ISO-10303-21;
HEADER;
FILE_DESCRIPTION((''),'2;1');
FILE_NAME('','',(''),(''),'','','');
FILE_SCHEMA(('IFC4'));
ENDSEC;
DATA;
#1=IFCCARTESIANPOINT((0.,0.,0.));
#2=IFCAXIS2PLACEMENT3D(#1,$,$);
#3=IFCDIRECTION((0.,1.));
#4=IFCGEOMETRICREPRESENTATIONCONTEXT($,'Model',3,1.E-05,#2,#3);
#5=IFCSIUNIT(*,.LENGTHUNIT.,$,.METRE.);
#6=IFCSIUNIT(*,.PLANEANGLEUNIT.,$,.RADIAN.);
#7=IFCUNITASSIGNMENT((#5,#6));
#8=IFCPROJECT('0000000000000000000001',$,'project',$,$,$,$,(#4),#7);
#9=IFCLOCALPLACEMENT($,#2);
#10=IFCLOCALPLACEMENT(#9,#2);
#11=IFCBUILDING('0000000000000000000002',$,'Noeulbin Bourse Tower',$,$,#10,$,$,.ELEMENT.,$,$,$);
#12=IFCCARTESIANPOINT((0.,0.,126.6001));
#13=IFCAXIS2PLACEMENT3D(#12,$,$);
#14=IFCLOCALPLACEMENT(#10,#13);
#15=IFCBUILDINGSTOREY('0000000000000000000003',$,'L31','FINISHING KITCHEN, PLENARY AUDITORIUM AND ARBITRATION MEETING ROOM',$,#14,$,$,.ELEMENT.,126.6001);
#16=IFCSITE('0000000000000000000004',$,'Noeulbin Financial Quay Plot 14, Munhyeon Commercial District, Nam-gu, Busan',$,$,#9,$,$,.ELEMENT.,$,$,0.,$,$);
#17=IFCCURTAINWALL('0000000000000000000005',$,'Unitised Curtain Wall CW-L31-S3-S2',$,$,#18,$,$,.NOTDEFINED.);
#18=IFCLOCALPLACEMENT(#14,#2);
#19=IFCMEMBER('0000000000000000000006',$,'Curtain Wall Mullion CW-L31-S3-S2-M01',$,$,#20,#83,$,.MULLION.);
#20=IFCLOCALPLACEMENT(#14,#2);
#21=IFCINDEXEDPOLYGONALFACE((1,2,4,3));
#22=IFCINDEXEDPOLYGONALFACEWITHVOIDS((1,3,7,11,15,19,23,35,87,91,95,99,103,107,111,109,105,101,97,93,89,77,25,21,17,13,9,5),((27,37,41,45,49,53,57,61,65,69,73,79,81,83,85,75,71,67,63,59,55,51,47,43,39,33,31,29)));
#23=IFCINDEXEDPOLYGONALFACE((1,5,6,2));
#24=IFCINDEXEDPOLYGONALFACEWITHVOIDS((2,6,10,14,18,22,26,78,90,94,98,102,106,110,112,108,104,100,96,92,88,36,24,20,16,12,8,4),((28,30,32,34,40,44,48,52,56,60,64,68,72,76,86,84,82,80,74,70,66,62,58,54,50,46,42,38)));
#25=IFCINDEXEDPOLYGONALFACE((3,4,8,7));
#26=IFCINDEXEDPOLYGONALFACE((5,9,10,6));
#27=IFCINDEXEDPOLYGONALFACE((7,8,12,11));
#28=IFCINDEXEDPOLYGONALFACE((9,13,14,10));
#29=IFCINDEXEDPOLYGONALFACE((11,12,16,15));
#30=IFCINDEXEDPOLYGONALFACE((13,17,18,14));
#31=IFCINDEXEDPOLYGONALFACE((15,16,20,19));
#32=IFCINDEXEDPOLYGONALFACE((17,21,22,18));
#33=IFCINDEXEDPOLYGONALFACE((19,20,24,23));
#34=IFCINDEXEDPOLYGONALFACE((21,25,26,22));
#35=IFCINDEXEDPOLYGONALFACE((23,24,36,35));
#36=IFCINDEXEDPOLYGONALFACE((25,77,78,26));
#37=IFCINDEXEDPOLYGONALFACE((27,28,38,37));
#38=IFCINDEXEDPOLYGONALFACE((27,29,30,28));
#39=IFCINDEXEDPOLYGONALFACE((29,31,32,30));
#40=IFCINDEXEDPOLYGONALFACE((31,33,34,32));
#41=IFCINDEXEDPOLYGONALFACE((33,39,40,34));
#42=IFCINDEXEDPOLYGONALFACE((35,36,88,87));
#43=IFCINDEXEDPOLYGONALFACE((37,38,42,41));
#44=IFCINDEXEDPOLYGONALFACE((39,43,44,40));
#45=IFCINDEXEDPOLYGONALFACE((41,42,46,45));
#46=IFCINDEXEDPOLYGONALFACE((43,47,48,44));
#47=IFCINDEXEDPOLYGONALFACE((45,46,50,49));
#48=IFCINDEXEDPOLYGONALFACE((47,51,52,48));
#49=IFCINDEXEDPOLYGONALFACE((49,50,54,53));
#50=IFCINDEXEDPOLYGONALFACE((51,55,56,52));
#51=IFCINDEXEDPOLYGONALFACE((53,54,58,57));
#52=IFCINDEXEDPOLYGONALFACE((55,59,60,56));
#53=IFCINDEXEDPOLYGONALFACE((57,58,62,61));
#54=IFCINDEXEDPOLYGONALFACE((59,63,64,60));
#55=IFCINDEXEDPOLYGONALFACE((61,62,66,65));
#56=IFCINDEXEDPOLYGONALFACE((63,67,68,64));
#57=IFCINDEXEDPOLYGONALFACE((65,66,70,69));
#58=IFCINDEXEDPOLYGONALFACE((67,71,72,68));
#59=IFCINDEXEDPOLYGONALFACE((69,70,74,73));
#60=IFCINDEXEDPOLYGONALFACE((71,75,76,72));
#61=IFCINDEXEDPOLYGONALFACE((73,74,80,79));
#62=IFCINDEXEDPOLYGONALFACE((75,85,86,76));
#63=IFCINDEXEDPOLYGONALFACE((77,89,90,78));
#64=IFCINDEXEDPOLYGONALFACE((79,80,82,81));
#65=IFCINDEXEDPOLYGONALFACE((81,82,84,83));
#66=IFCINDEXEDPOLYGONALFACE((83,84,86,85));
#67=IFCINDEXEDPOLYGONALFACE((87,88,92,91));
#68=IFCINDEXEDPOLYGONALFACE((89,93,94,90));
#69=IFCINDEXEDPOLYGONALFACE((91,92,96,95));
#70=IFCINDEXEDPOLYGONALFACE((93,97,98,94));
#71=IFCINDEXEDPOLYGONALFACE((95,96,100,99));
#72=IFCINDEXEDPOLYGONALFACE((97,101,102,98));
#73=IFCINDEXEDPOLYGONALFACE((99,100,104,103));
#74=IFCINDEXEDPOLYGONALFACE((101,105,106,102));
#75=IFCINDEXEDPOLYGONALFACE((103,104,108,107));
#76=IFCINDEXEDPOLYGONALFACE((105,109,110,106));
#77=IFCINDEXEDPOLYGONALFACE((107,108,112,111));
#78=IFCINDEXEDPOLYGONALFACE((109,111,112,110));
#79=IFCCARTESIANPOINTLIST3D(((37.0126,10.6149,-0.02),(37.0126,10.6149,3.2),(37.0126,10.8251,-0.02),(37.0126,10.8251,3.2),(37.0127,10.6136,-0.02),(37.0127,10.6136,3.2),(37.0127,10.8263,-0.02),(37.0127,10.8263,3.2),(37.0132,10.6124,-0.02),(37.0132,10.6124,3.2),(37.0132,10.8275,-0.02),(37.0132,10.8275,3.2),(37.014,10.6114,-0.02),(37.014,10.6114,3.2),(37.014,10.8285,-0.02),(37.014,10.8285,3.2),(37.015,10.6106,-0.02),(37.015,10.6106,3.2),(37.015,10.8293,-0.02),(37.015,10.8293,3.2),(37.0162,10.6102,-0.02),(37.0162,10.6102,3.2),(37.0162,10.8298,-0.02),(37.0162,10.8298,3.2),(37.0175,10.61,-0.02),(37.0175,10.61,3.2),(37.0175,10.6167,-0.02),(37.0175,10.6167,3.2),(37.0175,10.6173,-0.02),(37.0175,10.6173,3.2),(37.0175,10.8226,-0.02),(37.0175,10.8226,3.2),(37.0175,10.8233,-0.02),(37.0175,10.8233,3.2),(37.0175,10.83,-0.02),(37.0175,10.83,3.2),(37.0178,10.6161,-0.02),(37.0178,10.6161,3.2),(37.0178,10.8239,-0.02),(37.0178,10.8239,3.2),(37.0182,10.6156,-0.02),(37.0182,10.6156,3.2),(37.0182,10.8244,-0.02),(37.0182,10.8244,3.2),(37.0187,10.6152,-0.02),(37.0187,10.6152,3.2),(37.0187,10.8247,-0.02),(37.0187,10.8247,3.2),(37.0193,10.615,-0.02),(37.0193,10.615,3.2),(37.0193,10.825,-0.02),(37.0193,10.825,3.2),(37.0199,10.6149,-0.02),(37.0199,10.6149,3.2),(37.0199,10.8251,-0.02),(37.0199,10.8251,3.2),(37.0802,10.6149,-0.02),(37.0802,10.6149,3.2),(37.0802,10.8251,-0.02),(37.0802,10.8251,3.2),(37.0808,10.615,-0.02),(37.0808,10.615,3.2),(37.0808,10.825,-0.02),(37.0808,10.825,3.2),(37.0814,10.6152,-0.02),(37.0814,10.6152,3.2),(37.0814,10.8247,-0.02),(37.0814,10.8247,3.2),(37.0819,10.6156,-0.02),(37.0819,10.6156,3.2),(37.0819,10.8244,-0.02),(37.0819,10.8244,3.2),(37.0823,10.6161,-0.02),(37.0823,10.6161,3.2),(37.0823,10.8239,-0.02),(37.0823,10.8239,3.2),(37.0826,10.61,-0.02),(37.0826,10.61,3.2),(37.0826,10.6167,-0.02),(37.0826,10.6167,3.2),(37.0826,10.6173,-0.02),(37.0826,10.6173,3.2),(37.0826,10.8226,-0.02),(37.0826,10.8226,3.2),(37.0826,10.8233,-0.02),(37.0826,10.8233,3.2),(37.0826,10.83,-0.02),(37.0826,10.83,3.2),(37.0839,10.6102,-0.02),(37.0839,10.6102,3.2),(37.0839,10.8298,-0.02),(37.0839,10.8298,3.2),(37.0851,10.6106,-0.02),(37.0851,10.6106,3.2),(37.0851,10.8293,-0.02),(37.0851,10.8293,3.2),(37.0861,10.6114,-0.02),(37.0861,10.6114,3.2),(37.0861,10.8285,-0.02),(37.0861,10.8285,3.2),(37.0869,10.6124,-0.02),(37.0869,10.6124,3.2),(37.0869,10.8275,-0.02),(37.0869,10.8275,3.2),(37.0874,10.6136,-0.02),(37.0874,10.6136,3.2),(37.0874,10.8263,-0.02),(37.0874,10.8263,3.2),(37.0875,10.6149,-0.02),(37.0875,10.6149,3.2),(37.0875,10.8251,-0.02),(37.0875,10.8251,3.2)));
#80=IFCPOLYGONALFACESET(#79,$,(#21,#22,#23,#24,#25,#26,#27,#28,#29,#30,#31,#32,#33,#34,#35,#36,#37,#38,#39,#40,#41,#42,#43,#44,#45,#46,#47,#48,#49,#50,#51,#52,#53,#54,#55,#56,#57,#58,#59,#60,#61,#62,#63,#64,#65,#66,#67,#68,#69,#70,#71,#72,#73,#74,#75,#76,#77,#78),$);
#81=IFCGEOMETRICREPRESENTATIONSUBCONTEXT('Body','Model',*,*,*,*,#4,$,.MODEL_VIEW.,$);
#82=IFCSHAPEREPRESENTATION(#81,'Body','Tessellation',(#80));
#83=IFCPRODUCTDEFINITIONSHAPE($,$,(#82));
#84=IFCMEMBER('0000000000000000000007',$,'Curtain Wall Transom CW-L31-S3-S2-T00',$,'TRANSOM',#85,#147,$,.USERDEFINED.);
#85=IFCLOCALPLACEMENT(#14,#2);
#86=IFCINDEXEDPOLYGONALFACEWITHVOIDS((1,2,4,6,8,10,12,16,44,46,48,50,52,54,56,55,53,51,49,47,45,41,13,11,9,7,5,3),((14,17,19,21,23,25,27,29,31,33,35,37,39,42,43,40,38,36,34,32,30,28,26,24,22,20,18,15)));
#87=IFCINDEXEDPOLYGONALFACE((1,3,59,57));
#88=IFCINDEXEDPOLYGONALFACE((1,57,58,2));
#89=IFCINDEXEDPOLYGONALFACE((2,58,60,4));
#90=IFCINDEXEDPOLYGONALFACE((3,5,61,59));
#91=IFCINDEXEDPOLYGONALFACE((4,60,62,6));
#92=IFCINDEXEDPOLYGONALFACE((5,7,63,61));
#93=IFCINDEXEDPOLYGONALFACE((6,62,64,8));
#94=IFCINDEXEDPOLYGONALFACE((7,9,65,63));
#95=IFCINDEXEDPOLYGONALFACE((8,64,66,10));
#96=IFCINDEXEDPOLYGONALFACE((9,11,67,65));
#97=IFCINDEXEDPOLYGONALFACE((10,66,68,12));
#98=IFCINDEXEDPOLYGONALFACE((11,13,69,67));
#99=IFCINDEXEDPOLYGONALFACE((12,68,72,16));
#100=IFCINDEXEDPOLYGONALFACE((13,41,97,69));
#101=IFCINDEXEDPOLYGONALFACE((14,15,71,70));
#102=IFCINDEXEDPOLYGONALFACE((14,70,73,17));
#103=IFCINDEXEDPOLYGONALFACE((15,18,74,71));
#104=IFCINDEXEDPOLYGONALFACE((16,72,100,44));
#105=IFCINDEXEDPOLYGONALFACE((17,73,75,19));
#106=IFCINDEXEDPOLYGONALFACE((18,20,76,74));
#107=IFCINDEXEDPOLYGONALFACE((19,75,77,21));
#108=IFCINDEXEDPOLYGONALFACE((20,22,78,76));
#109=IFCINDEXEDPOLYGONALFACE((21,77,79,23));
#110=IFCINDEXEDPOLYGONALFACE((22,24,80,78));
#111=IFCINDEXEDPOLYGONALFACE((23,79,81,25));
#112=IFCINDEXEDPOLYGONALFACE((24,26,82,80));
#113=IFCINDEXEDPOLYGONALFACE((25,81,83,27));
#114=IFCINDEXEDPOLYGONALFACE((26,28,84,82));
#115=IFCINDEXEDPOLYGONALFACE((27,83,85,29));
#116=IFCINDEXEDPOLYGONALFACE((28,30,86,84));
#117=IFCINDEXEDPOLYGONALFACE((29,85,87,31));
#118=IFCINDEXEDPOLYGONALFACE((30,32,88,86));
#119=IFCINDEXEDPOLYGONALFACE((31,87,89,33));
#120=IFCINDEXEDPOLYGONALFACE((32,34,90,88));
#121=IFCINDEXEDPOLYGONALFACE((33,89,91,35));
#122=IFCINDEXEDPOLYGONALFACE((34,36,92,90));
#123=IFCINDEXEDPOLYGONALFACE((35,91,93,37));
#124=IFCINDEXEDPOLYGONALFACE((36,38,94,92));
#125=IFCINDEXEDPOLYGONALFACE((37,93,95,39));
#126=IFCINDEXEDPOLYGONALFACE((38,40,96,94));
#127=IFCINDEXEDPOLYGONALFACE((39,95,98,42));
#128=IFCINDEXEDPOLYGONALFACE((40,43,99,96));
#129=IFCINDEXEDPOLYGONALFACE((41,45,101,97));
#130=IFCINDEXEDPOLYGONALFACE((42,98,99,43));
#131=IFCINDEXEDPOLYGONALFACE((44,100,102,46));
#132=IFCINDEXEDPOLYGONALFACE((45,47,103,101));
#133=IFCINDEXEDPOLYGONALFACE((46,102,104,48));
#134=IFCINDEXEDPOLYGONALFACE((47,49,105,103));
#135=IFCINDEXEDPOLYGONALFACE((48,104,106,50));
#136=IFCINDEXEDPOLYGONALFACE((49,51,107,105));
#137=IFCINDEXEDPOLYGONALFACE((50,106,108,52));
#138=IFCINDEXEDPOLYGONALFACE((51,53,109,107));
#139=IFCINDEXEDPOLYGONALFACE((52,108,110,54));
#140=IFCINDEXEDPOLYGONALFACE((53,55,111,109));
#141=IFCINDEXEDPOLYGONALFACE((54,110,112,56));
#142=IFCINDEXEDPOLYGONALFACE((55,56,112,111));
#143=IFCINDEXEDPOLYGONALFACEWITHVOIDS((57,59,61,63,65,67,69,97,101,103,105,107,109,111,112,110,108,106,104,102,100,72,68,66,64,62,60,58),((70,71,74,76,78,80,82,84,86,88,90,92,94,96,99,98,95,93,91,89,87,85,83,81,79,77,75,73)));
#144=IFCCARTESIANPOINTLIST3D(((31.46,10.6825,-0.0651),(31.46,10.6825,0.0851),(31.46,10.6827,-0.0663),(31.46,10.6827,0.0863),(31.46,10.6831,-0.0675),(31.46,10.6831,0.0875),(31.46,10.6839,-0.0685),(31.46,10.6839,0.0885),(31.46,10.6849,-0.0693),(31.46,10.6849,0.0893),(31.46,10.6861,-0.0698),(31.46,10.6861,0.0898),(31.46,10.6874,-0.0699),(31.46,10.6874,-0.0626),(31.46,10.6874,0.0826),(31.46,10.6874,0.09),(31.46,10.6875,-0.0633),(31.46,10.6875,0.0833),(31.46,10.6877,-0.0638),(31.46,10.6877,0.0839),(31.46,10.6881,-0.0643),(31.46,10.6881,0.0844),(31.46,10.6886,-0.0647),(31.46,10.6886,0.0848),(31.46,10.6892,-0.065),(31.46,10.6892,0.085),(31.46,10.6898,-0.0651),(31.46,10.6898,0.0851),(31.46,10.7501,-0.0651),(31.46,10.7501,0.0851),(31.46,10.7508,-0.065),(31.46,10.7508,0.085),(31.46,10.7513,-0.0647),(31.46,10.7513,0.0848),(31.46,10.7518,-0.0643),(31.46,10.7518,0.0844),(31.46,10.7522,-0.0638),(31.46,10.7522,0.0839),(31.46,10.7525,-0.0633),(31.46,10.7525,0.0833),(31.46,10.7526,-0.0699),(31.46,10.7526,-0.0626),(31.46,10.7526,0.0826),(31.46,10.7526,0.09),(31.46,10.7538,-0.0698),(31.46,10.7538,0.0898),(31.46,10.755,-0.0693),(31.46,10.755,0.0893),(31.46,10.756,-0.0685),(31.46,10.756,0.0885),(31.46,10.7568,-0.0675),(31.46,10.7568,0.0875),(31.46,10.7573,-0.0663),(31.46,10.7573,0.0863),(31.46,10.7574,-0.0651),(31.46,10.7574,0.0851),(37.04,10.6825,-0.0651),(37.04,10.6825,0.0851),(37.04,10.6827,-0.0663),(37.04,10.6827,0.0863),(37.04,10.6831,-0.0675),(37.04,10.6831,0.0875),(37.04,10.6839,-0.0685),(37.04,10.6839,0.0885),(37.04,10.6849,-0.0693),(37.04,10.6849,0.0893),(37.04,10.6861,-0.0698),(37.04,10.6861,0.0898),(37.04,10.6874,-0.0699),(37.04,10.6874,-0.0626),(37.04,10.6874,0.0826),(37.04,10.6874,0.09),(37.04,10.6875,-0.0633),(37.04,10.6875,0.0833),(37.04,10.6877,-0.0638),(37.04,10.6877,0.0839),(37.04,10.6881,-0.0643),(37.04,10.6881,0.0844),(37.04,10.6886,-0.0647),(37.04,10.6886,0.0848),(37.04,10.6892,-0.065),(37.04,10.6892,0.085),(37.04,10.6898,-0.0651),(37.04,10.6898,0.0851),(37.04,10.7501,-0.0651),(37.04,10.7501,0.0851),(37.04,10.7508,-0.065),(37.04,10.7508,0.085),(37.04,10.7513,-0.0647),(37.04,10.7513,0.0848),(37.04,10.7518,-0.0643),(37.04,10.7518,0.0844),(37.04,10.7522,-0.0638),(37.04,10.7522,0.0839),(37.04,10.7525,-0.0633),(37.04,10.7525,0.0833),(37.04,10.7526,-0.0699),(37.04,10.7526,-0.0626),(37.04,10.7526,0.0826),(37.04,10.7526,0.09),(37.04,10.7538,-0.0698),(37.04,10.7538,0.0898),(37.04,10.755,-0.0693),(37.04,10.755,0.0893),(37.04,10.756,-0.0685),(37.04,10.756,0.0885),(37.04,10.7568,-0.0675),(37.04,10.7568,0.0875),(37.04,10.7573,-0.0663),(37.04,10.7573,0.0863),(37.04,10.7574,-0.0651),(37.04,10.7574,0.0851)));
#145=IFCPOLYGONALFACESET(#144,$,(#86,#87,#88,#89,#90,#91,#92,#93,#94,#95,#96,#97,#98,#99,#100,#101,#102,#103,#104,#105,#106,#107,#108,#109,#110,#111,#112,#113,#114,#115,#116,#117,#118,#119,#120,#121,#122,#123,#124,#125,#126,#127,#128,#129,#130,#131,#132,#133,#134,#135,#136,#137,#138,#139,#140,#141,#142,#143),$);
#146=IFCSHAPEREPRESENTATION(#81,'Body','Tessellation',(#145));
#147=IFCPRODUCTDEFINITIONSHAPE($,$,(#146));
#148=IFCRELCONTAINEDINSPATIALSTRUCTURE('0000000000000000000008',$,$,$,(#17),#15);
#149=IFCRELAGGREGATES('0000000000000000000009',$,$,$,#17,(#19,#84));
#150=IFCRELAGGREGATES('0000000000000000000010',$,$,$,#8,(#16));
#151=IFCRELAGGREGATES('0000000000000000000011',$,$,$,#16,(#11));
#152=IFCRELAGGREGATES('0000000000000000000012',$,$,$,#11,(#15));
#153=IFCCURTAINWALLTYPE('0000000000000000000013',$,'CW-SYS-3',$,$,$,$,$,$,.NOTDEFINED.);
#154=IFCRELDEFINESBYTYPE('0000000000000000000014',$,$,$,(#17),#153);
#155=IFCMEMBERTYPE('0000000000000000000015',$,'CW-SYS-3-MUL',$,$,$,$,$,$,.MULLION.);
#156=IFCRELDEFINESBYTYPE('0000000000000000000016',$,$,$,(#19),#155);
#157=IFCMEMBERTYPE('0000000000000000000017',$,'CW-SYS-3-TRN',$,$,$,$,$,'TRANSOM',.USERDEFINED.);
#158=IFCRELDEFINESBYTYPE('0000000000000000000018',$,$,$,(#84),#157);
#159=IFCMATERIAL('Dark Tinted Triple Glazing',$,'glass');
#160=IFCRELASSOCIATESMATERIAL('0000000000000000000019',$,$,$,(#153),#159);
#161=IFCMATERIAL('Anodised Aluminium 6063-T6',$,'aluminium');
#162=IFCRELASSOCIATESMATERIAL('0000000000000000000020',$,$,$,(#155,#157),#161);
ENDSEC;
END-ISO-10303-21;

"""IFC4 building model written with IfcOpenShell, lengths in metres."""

from ifc_helpers import new_model, si_unit, direction, frame, origin, origin_2d, place, context, subcontext, project, spatial, hollow_rectangle, extrude, material, material_profile, profile_set, type_object, element, aggregate, save


model = new_model("IFC4")

# Units and contexts
model_context = context("Model", 3, precision=1e-05, world=origin(), true_north=direction((0.0, 1.0)))
body_context = subcontext(model_context, "Body", "Model", "MODEL_VIEW")
ifc_project = project(units=[si_unit("LENGTHUNIT", "METRE"), si_unit("PLANEANGLEUNIT", "RADIAN")], contexts=[model_context])

# Site, building, storey
site_placement = place(None, origin())
site = spatial("IfcSite", under=ifc_project, at=site_placement, Name="Noeulbin Financial Quay Plot 14, Munhyeon Commercial District, Nam-gu, Busan", CompositionType="ELEMENT", RefElevation=0.0)
building_placement = place(site_placement, origin())
building = spatial("IfcBuilding", under=site, at=building_placement, Name="Noeulbin Bourse Tower", CompositionType="ELEMENT")
storey_placement = place(building_placement, frame((0.0, 0.0, 126.6001)))
storey = spatial("IfcBuildingStorey", under=building, at=storey_placement, Name="L31", Description="FINISHING KITCHEN, PLENARY AUDITORIUM AND ARBITRATION MEETING ROOM", CompositionType="ELEMENT", Elevation=126.6001)

# Curtain wall, members
ifc_material_1 = material(Name="Dark Tinted Triple Glazing", Category="glass")
curtain_wall_type = type_object("IfcCurtainWallType", Name="CW-SYS-3", PredefinedType="NOTDEFINED", material=ifc_material_1)
curtain_wall_placement = place(storey_placement, origin())
curtain_wall = element("IfcCurtainWall", 1, at=curtain_wall_placement, inside=storey, type_object=curtain_wall_type, Name="Unitised Curtain Wall CW-L31-S3-S2", PredefinedType="NOTDEFINED")
ifc_material_2 = material(Name="Anodised Aluminium 6063-T6", Category="aluminium")
ifc_material_profile_1 = material_profile(ifc_material_2, hollow_rectangle(XDim=0.075, YDim=0.22, WallThickness=0.0049, InnerFilletRadius=0.0024, OuterFilletRadius=0.0049, at=origin_2d()), Name="ALU-MULL-75x220x5", Category="LoadBearing")
ifc_profile_set_1 = profile_set([ifc_material_profile_1], Name="Anodised Aluminium 6063-T6")
member_type_1 = type_object("IfcMemberType", Name="CW-SYS-3-MUL", PredefinedType="MULLION", material=ifc_profile_set_1)
member_1_placement = place(storey_placement, frame((37.05, 10.72, -0.02), z_axis=(0.0, 0.0, 1.0), x_axis=(1.0, 0.0, 0.0)))
member_1 = element("IfcMember", 2, at=member_1_placement, type_object=member_type_1, Name="Curtain Wall Mullion CW-L31-S3-S2-M01", PredefinedType="MULLION", context=body_context, shape_type="SweptSolid", body=[
    extrude(hollow_rectangle(XDim=0.075, YDim=0.22, WallThickness=0.0049, InnerFilletRadius=0.0024, OuterFilletRadius=0.0049, at=origin_2d()), origin(), (0.0, 0.0, 1.0), 3.22),
])
ifc_material_profile_2 = material_profile(ifc_material_2, hollow_rectangle(XDim=0.075, YDim=0.1599, WallThickness=0.0049, InnerFilletRadius=0.0024, OuterFilletRadius=0.0049, at=origin_2d()), Name="ALU-TRAN-75x160x5", Category="LoadBearing")
ifc_profile_set_2 = profile_set([ifc_material_profile_2], Name="Anodised Aluminium 6063-T6")
member_type_2 = type_object("IfcMemberType", Name="CW-SYS-3-TRN", ElementType="TRANSOM", PredefinedType="USERDEFINED", material=ifc_profile_set_2)
member_2_placement = place(storey_placement, frame((31.46, 10.72, 0.01), z_axis=(1.0, 0.0, 0.0), x_axis=(0.0, 1.0, 0.0)))
member_2 = element("IfcMember", 3, at=member_2_placement, type_object=member_type_2, Name="Curtain Wall Transom CW-L31-S3-S2-T00", ObjectType="TRANSOM", PredefinedType="USERDEFINED", context=body_context, shape_type="SweptSolid", body=[
    extrude(hollow_rectangle(XDim=0.075, YDim=0.1599, WallThickness=0.0049, InnerFilletRadius=0.0024, OuterFilletRadius=0.0049, at=origin_2d()), origin(), (0.0, 0.0, 1.0), 5.5801),
])
aggregate(curtain_wall, [member_1, member_2])

save(model, "model.ifc")
